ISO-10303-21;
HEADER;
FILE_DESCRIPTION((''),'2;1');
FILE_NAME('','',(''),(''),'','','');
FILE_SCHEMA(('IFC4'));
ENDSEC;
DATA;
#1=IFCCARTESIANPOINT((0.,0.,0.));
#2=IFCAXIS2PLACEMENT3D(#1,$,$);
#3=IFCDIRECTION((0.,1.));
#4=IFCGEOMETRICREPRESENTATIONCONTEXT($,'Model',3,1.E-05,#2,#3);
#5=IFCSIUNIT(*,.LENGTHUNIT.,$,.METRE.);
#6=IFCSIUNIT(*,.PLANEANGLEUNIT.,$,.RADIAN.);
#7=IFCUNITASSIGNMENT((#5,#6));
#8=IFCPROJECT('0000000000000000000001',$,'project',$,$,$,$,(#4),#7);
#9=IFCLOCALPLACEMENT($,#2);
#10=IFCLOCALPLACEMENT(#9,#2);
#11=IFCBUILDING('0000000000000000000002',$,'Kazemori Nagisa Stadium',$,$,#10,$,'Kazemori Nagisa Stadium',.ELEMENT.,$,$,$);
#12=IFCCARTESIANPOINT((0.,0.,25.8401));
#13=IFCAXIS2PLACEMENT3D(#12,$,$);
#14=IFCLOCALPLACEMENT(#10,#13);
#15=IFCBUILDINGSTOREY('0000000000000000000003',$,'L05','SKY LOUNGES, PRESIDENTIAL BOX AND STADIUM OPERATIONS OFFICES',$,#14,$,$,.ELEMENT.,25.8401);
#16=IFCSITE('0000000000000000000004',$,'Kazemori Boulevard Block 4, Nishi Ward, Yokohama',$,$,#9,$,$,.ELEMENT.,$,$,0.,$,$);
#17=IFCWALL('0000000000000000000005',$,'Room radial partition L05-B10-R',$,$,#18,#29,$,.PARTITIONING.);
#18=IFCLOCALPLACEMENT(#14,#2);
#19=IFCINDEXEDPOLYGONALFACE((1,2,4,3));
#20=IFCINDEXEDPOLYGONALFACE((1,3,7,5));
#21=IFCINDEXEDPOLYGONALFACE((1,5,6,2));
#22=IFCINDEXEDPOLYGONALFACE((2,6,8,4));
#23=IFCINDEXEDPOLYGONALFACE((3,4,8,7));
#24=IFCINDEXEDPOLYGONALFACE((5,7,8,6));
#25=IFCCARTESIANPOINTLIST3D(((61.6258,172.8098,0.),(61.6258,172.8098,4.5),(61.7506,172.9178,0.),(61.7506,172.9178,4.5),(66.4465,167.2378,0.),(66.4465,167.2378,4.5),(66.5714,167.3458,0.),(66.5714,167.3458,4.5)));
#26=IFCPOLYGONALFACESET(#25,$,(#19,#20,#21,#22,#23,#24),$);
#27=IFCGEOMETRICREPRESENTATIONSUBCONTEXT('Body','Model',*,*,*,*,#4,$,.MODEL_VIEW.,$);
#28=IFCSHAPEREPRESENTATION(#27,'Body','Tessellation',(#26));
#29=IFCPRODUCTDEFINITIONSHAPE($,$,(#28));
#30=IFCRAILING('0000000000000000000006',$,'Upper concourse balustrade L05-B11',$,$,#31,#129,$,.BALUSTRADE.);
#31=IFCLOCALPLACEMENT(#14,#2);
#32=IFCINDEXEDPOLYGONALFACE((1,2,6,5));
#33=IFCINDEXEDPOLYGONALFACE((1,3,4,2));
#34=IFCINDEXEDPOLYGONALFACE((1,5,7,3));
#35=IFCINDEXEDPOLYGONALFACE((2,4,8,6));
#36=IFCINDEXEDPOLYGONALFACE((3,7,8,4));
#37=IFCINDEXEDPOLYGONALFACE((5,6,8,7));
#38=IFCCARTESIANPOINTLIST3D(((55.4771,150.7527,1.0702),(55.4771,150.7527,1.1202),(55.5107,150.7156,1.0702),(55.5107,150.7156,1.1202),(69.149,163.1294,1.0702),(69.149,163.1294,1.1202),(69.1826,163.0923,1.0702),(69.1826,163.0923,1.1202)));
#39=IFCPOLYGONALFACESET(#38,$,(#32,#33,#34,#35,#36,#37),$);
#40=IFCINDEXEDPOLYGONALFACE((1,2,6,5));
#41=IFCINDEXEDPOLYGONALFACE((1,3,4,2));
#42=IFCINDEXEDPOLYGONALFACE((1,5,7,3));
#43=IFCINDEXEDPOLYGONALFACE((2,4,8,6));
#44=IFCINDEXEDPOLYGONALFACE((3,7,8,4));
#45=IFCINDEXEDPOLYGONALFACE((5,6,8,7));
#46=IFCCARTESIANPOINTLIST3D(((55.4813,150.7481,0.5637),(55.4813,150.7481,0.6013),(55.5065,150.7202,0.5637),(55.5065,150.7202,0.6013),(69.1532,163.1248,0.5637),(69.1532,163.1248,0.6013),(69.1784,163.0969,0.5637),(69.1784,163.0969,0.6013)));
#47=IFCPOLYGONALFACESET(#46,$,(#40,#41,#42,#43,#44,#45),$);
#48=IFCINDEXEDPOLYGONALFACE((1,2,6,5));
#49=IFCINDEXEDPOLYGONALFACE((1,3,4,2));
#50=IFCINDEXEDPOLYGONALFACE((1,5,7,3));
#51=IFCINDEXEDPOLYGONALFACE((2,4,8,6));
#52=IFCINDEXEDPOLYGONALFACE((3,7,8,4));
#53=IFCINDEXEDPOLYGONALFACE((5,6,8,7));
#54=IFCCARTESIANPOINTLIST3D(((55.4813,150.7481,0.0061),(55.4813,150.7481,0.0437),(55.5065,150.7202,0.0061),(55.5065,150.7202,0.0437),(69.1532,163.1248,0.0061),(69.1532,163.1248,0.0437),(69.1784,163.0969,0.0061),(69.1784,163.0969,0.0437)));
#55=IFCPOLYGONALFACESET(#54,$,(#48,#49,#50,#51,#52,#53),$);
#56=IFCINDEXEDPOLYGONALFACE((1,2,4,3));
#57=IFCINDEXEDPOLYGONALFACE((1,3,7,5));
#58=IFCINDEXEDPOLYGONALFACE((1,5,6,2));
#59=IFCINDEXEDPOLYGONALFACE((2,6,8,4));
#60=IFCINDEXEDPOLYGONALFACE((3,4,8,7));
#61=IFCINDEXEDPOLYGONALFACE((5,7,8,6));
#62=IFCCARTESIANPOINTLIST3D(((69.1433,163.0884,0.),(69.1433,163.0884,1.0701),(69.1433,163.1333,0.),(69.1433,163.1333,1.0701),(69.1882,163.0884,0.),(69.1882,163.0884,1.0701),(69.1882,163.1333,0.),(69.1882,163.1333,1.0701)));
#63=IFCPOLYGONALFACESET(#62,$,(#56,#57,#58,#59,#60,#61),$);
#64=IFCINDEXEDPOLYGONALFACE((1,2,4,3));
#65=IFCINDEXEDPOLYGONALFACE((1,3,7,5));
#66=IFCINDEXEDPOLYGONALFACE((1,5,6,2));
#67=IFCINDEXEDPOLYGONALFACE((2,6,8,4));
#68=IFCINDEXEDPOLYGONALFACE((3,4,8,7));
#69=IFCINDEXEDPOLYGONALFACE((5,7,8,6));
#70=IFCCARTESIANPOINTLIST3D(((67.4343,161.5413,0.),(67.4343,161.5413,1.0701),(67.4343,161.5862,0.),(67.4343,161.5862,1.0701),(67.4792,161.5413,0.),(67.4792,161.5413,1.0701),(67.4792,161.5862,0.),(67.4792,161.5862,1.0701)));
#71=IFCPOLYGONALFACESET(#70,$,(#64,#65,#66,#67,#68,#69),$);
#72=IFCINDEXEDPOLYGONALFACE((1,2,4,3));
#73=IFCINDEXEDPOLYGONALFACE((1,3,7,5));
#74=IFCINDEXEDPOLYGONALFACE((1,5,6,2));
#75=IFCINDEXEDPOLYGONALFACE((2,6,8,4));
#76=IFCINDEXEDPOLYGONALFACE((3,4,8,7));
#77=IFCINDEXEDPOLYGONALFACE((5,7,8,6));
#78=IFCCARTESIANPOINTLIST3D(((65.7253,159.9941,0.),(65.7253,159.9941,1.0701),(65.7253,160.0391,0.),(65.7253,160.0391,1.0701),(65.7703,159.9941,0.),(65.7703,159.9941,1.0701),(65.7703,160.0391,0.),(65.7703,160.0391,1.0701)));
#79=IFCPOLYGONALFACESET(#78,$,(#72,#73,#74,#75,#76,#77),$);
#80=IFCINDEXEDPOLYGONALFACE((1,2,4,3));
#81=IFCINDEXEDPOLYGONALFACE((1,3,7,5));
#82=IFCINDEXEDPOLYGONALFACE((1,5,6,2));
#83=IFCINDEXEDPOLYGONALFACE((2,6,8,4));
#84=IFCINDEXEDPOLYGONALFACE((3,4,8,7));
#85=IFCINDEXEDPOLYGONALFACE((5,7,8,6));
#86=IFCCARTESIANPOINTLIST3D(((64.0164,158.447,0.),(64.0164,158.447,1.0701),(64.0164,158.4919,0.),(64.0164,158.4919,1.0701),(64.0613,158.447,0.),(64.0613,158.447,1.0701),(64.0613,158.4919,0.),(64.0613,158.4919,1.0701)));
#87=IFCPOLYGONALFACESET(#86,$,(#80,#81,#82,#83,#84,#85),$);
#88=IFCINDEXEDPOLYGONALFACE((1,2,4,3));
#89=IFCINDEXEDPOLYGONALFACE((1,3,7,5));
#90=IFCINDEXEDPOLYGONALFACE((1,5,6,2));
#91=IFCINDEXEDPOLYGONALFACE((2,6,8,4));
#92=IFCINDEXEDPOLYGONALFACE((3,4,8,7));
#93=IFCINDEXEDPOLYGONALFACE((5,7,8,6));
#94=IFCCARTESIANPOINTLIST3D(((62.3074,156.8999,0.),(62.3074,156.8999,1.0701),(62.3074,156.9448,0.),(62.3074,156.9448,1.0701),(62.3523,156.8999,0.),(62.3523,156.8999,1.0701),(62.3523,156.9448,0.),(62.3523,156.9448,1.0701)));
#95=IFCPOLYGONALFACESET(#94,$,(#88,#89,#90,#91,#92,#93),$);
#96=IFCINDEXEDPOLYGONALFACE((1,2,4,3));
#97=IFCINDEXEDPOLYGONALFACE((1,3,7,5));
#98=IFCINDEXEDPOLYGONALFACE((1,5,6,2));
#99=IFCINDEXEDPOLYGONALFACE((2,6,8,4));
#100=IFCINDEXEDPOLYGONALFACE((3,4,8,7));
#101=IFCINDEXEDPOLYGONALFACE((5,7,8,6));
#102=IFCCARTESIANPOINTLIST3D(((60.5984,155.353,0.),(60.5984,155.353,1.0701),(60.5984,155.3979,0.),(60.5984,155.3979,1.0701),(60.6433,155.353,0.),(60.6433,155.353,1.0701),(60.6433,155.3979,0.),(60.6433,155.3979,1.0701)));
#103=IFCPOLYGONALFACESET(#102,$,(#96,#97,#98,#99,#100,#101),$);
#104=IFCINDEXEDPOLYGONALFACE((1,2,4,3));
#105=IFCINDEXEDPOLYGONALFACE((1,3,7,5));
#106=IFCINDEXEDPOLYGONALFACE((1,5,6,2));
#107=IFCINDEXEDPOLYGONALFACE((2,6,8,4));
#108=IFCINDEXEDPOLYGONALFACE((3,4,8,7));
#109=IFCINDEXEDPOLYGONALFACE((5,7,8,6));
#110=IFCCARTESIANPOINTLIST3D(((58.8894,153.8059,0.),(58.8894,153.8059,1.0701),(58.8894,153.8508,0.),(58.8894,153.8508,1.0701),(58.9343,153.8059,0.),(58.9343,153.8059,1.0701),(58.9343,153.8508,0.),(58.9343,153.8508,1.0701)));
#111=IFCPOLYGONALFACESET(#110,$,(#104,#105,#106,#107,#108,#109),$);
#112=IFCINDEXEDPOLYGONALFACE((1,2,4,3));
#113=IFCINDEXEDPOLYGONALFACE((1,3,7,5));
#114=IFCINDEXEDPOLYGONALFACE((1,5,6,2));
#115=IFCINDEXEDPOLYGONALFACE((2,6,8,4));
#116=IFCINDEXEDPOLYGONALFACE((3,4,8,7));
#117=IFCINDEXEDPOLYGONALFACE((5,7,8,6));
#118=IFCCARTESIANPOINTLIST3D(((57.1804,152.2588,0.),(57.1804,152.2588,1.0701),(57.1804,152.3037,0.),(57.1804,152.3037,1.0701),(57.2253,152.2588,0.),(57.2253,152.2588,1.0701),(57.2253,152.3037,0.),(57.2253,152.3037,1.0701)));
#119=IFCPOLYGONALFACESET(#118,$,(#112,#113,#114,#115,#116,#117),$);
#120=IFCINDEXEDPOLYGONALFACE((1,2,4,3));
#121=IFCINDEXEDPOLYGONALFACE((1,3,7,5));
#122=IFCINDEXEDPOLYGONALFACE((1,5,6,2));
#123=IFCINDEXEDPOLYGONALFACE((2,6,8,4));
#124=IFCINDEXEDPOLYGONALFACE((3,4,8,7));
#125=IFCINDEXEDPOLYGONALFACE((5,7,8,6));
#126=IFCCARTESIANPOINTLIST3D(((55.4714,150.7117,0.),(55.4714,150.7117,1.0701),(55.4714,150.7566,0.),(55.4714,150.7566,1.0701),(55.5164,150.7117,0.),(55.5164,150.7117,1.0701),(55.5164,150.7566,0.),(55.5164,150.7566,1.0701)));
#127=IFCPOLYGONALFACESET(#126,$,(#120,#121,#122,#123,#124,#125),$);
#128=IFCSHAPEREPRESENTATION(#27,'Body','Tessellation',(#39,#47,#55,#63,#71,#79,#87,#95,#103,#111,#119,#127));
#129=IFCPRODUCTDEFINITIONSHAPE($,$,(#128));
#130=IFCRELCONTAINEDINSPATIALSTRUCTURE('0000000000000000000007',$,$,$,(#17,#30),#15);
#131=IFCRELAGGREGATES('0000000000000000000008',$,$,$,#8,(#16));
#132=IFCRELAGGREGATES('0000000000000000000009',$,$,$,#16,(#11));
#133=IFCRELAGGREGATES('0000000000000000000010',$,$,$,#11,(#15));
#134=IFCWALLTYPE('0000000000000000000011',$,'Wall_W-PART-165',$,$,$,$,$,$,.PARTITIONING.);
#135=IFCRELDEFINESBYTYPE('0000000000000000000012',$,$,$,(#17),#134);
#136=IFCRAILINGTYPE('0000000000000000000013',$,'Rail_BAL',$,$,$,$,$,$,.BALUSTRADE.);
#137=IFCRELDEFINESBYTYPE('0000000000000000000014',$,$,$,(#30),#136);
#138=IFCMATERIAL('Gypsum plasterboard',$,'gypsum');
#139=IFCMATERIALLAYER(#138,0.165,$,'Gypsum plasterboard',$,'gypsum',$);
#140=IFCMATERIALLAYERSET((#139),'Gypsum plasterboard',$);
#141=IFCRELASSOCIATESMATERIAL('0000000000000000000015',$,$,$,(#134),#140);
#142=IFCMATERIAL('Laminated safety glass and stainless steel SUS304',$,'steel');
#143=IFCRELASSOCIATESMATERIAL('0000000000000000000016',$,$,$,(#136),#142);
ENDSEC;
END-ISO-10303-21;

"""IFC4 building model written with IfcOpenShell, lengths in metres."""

from ifc_helpers import new_model, si_unit, direction, frame, frame_2d, origin, origin_2d, place, context, subcontext, project, spatial, rectangle, extrude, material, layer, layer_set, type_object, element, save


model = new_model("IFC4")

# Units and contexts
model_context = context("Model", 3, precision=1e-05, world=origin(), true_north=direction((0.0, 1.0)))
body_context = subcontext(model_context, "Body", "Model", "MODEL_VIEW")
ifc_project = project(units=[si_unit("LENGTHUNIT", "METRE"), si_unit("PLANEANGLEUNIT", "RADIAN")], contexts=[model_context])

# Site, building, storey
site_placement = place(None, origin())
site = spatial("IfcSite", under=ifc_project, at=site_placement, Name="Kazemori Boulevard Block 4, Nishi Ward, Yokohama", CompositionType="ELEMENT", RefElevation=0.0)
building_placement = place(site_placement, origin())
building = spatial("IfcBuilding", under=site, at=building_placement, Name="Kazemori Nagisa Stadium", LongName="Kazemori Nagisa Stadium", CompositionType="ELEMENT")
storey_placement = place(building_placement, frame((0.0, 0.0, 25.8401)))
storey = spatial("IfcBuildingStorey", under=building, at=storey_placement, Name="L05", Description="SKY LOUNGES, PRESIDENTIAL BOX AND STADIUM OPERATIONS OFFICES", CompositionType="ELEMENT", Elevation=25.8401)

# Wall
ifc_material_1 = material(Name="Gypsum plasterboard", Category="gypsum")
ifc_layer_1 = layer(ifc_material_1, 0.165, Name="Gypsum plasterboard", Category="gypsum")
ifc_layer_set_1 = layer_set([ifc_layer_1], Name="Gypsum plasterboard")
wall_type_1 = type_object("IfcWallType", Name="Wall_W-PART-165", PredefinedType="PARTITIONING", material=ifc_layer_set_1)
wall_1_placement = place(storey_placement, frame((66.509, 167.2917, 0.0), z_axis=(0.0, 0.0, 1.0), x_axis=(-0.654288, 0.756245, 0.0)))
element("IfcWall", 1, at=wall_1_placement, inside=storey, type_object=wall_type_1, Name="Room radial partition L05-B10-R", PredefinedType="PARTITIONING", context=body_context, shape_type="SweptSolid", body=[
    extrude(rectangle(XDim=7.3679, YDim=0.165, at=frame_2d((3.6841, 0.0))), origin(), (0.0, 0.0, 1.0), 4.5),
])

# Railing
ifc_material_2 = material(Name="Laminated safety glass and stainless steel SUS304", Category="steel")
railing_type_1 = type_object("IfcRailingType", Name="Rail_BAL", PredefinedType="BALUSTRADE", material=ifc_material_2)
railing_1_placement = place(storey_placement, frame((69.1658, 163.1108, 0.0)))
element("IfcRailing", 2, at=railing_1_placement, inside=storey, type_object=railing_type_1, Name="Upper concourse balustrade L05-B11", PredefinedType="BALUSTRADE", context=body_context, shape_type="SweptSolid", body=[
    extrude(rectangle(XDim=0.05, YDim=0.05, at=origin_2d()), frame((0.0, 0.0, 1.0952), z_axis=(-0.741349, -0.67112, 0.0), x_axis=(0.67112, -0.741349, 0.0)), (0.0, 0.0, 1.0), 18.4419),
    extrude(rectangle(XDim=0.0376, YDim=0.0376, at=origin_2d()), frame((0.0, 0.0, 0.5825), z_axis=(-0.741349, -0.67112, 0.0), x_axis=(0.67112, -0.741349, 0.0)), (0.0, 0.0, 1.0), 18.4419),
    extrude(rectangle(XDim=0.0376, YDim=0.0376, at=origin_2d()), frame((0.0, 0.0, 0.0249), z_axis=(-0.741349, -0.67112, 0.0), x_axis=(0.67112, -0.741349, 0.0)), (0.0, 0.0, 1.0), 18.4419),
    extrude(rectangle(XDim=0.0449, YDim=0.0449, at=origin_2d()), origin(), (0.0, 0.0, 1.0), 1.0701),
    extrude(rectangle(XDim=0.0449, YDim=0.0449, at=origin_2d()), frame((-1.709, -1.5471, 0.0)), (0.0, 0.0, 1.0), 1.0701),
    extrude(rectangle(XDim=0.0449, YDim=0.0449, at=origin_2d()), frame((-3.418, -3.0942, 0.0)), (0.0, 0.0, 1.0), 1.0701),
    extrude(rectangle(XDim=0.0449, YDim=0.0449, at=origin_2d()), frame((-5.127, -4.6414, 0.0)), (0.0, 0.0, 1.0), 1.0701),
    extrude(rectangle(XDim=0.0449, YDim=0.0449, at=origin_2d()), frame((-6.8359, -6.1885, 0.0)), (0.0, 0.0, 1.0), 1.0701),
    extrude(rectangle(XDim=0.0449, YDim=0.0449, at=origin_2d()), frame((-8.5449, -7.7354, 0.0)), (0.0, 0.0, 1.0), 1.0701),
    extrude(rectangle(XDim=0.0449, YDim=0.0449, at=origin_2d()), frame((-10.2539, -9.2825, 0.0)), (0.0, 0.0, 1.0), 1.0701),
    extrude(rectangle(XDim=0.0449, YDim=0.0449, at=origin_2d()), frame((-11.9629, -10.8296, 0.0)), (0.0, 0.0, 1.0), 1.0701),
    extrude(rectangle(XDim=0.0449, YDim=0.0449, at=origin_2d()), frame((-13.6719, -12.3767, 0.0)), (0.0, 0.0, 1.0), 1.0701),
])

save(model, "model.ifc")
